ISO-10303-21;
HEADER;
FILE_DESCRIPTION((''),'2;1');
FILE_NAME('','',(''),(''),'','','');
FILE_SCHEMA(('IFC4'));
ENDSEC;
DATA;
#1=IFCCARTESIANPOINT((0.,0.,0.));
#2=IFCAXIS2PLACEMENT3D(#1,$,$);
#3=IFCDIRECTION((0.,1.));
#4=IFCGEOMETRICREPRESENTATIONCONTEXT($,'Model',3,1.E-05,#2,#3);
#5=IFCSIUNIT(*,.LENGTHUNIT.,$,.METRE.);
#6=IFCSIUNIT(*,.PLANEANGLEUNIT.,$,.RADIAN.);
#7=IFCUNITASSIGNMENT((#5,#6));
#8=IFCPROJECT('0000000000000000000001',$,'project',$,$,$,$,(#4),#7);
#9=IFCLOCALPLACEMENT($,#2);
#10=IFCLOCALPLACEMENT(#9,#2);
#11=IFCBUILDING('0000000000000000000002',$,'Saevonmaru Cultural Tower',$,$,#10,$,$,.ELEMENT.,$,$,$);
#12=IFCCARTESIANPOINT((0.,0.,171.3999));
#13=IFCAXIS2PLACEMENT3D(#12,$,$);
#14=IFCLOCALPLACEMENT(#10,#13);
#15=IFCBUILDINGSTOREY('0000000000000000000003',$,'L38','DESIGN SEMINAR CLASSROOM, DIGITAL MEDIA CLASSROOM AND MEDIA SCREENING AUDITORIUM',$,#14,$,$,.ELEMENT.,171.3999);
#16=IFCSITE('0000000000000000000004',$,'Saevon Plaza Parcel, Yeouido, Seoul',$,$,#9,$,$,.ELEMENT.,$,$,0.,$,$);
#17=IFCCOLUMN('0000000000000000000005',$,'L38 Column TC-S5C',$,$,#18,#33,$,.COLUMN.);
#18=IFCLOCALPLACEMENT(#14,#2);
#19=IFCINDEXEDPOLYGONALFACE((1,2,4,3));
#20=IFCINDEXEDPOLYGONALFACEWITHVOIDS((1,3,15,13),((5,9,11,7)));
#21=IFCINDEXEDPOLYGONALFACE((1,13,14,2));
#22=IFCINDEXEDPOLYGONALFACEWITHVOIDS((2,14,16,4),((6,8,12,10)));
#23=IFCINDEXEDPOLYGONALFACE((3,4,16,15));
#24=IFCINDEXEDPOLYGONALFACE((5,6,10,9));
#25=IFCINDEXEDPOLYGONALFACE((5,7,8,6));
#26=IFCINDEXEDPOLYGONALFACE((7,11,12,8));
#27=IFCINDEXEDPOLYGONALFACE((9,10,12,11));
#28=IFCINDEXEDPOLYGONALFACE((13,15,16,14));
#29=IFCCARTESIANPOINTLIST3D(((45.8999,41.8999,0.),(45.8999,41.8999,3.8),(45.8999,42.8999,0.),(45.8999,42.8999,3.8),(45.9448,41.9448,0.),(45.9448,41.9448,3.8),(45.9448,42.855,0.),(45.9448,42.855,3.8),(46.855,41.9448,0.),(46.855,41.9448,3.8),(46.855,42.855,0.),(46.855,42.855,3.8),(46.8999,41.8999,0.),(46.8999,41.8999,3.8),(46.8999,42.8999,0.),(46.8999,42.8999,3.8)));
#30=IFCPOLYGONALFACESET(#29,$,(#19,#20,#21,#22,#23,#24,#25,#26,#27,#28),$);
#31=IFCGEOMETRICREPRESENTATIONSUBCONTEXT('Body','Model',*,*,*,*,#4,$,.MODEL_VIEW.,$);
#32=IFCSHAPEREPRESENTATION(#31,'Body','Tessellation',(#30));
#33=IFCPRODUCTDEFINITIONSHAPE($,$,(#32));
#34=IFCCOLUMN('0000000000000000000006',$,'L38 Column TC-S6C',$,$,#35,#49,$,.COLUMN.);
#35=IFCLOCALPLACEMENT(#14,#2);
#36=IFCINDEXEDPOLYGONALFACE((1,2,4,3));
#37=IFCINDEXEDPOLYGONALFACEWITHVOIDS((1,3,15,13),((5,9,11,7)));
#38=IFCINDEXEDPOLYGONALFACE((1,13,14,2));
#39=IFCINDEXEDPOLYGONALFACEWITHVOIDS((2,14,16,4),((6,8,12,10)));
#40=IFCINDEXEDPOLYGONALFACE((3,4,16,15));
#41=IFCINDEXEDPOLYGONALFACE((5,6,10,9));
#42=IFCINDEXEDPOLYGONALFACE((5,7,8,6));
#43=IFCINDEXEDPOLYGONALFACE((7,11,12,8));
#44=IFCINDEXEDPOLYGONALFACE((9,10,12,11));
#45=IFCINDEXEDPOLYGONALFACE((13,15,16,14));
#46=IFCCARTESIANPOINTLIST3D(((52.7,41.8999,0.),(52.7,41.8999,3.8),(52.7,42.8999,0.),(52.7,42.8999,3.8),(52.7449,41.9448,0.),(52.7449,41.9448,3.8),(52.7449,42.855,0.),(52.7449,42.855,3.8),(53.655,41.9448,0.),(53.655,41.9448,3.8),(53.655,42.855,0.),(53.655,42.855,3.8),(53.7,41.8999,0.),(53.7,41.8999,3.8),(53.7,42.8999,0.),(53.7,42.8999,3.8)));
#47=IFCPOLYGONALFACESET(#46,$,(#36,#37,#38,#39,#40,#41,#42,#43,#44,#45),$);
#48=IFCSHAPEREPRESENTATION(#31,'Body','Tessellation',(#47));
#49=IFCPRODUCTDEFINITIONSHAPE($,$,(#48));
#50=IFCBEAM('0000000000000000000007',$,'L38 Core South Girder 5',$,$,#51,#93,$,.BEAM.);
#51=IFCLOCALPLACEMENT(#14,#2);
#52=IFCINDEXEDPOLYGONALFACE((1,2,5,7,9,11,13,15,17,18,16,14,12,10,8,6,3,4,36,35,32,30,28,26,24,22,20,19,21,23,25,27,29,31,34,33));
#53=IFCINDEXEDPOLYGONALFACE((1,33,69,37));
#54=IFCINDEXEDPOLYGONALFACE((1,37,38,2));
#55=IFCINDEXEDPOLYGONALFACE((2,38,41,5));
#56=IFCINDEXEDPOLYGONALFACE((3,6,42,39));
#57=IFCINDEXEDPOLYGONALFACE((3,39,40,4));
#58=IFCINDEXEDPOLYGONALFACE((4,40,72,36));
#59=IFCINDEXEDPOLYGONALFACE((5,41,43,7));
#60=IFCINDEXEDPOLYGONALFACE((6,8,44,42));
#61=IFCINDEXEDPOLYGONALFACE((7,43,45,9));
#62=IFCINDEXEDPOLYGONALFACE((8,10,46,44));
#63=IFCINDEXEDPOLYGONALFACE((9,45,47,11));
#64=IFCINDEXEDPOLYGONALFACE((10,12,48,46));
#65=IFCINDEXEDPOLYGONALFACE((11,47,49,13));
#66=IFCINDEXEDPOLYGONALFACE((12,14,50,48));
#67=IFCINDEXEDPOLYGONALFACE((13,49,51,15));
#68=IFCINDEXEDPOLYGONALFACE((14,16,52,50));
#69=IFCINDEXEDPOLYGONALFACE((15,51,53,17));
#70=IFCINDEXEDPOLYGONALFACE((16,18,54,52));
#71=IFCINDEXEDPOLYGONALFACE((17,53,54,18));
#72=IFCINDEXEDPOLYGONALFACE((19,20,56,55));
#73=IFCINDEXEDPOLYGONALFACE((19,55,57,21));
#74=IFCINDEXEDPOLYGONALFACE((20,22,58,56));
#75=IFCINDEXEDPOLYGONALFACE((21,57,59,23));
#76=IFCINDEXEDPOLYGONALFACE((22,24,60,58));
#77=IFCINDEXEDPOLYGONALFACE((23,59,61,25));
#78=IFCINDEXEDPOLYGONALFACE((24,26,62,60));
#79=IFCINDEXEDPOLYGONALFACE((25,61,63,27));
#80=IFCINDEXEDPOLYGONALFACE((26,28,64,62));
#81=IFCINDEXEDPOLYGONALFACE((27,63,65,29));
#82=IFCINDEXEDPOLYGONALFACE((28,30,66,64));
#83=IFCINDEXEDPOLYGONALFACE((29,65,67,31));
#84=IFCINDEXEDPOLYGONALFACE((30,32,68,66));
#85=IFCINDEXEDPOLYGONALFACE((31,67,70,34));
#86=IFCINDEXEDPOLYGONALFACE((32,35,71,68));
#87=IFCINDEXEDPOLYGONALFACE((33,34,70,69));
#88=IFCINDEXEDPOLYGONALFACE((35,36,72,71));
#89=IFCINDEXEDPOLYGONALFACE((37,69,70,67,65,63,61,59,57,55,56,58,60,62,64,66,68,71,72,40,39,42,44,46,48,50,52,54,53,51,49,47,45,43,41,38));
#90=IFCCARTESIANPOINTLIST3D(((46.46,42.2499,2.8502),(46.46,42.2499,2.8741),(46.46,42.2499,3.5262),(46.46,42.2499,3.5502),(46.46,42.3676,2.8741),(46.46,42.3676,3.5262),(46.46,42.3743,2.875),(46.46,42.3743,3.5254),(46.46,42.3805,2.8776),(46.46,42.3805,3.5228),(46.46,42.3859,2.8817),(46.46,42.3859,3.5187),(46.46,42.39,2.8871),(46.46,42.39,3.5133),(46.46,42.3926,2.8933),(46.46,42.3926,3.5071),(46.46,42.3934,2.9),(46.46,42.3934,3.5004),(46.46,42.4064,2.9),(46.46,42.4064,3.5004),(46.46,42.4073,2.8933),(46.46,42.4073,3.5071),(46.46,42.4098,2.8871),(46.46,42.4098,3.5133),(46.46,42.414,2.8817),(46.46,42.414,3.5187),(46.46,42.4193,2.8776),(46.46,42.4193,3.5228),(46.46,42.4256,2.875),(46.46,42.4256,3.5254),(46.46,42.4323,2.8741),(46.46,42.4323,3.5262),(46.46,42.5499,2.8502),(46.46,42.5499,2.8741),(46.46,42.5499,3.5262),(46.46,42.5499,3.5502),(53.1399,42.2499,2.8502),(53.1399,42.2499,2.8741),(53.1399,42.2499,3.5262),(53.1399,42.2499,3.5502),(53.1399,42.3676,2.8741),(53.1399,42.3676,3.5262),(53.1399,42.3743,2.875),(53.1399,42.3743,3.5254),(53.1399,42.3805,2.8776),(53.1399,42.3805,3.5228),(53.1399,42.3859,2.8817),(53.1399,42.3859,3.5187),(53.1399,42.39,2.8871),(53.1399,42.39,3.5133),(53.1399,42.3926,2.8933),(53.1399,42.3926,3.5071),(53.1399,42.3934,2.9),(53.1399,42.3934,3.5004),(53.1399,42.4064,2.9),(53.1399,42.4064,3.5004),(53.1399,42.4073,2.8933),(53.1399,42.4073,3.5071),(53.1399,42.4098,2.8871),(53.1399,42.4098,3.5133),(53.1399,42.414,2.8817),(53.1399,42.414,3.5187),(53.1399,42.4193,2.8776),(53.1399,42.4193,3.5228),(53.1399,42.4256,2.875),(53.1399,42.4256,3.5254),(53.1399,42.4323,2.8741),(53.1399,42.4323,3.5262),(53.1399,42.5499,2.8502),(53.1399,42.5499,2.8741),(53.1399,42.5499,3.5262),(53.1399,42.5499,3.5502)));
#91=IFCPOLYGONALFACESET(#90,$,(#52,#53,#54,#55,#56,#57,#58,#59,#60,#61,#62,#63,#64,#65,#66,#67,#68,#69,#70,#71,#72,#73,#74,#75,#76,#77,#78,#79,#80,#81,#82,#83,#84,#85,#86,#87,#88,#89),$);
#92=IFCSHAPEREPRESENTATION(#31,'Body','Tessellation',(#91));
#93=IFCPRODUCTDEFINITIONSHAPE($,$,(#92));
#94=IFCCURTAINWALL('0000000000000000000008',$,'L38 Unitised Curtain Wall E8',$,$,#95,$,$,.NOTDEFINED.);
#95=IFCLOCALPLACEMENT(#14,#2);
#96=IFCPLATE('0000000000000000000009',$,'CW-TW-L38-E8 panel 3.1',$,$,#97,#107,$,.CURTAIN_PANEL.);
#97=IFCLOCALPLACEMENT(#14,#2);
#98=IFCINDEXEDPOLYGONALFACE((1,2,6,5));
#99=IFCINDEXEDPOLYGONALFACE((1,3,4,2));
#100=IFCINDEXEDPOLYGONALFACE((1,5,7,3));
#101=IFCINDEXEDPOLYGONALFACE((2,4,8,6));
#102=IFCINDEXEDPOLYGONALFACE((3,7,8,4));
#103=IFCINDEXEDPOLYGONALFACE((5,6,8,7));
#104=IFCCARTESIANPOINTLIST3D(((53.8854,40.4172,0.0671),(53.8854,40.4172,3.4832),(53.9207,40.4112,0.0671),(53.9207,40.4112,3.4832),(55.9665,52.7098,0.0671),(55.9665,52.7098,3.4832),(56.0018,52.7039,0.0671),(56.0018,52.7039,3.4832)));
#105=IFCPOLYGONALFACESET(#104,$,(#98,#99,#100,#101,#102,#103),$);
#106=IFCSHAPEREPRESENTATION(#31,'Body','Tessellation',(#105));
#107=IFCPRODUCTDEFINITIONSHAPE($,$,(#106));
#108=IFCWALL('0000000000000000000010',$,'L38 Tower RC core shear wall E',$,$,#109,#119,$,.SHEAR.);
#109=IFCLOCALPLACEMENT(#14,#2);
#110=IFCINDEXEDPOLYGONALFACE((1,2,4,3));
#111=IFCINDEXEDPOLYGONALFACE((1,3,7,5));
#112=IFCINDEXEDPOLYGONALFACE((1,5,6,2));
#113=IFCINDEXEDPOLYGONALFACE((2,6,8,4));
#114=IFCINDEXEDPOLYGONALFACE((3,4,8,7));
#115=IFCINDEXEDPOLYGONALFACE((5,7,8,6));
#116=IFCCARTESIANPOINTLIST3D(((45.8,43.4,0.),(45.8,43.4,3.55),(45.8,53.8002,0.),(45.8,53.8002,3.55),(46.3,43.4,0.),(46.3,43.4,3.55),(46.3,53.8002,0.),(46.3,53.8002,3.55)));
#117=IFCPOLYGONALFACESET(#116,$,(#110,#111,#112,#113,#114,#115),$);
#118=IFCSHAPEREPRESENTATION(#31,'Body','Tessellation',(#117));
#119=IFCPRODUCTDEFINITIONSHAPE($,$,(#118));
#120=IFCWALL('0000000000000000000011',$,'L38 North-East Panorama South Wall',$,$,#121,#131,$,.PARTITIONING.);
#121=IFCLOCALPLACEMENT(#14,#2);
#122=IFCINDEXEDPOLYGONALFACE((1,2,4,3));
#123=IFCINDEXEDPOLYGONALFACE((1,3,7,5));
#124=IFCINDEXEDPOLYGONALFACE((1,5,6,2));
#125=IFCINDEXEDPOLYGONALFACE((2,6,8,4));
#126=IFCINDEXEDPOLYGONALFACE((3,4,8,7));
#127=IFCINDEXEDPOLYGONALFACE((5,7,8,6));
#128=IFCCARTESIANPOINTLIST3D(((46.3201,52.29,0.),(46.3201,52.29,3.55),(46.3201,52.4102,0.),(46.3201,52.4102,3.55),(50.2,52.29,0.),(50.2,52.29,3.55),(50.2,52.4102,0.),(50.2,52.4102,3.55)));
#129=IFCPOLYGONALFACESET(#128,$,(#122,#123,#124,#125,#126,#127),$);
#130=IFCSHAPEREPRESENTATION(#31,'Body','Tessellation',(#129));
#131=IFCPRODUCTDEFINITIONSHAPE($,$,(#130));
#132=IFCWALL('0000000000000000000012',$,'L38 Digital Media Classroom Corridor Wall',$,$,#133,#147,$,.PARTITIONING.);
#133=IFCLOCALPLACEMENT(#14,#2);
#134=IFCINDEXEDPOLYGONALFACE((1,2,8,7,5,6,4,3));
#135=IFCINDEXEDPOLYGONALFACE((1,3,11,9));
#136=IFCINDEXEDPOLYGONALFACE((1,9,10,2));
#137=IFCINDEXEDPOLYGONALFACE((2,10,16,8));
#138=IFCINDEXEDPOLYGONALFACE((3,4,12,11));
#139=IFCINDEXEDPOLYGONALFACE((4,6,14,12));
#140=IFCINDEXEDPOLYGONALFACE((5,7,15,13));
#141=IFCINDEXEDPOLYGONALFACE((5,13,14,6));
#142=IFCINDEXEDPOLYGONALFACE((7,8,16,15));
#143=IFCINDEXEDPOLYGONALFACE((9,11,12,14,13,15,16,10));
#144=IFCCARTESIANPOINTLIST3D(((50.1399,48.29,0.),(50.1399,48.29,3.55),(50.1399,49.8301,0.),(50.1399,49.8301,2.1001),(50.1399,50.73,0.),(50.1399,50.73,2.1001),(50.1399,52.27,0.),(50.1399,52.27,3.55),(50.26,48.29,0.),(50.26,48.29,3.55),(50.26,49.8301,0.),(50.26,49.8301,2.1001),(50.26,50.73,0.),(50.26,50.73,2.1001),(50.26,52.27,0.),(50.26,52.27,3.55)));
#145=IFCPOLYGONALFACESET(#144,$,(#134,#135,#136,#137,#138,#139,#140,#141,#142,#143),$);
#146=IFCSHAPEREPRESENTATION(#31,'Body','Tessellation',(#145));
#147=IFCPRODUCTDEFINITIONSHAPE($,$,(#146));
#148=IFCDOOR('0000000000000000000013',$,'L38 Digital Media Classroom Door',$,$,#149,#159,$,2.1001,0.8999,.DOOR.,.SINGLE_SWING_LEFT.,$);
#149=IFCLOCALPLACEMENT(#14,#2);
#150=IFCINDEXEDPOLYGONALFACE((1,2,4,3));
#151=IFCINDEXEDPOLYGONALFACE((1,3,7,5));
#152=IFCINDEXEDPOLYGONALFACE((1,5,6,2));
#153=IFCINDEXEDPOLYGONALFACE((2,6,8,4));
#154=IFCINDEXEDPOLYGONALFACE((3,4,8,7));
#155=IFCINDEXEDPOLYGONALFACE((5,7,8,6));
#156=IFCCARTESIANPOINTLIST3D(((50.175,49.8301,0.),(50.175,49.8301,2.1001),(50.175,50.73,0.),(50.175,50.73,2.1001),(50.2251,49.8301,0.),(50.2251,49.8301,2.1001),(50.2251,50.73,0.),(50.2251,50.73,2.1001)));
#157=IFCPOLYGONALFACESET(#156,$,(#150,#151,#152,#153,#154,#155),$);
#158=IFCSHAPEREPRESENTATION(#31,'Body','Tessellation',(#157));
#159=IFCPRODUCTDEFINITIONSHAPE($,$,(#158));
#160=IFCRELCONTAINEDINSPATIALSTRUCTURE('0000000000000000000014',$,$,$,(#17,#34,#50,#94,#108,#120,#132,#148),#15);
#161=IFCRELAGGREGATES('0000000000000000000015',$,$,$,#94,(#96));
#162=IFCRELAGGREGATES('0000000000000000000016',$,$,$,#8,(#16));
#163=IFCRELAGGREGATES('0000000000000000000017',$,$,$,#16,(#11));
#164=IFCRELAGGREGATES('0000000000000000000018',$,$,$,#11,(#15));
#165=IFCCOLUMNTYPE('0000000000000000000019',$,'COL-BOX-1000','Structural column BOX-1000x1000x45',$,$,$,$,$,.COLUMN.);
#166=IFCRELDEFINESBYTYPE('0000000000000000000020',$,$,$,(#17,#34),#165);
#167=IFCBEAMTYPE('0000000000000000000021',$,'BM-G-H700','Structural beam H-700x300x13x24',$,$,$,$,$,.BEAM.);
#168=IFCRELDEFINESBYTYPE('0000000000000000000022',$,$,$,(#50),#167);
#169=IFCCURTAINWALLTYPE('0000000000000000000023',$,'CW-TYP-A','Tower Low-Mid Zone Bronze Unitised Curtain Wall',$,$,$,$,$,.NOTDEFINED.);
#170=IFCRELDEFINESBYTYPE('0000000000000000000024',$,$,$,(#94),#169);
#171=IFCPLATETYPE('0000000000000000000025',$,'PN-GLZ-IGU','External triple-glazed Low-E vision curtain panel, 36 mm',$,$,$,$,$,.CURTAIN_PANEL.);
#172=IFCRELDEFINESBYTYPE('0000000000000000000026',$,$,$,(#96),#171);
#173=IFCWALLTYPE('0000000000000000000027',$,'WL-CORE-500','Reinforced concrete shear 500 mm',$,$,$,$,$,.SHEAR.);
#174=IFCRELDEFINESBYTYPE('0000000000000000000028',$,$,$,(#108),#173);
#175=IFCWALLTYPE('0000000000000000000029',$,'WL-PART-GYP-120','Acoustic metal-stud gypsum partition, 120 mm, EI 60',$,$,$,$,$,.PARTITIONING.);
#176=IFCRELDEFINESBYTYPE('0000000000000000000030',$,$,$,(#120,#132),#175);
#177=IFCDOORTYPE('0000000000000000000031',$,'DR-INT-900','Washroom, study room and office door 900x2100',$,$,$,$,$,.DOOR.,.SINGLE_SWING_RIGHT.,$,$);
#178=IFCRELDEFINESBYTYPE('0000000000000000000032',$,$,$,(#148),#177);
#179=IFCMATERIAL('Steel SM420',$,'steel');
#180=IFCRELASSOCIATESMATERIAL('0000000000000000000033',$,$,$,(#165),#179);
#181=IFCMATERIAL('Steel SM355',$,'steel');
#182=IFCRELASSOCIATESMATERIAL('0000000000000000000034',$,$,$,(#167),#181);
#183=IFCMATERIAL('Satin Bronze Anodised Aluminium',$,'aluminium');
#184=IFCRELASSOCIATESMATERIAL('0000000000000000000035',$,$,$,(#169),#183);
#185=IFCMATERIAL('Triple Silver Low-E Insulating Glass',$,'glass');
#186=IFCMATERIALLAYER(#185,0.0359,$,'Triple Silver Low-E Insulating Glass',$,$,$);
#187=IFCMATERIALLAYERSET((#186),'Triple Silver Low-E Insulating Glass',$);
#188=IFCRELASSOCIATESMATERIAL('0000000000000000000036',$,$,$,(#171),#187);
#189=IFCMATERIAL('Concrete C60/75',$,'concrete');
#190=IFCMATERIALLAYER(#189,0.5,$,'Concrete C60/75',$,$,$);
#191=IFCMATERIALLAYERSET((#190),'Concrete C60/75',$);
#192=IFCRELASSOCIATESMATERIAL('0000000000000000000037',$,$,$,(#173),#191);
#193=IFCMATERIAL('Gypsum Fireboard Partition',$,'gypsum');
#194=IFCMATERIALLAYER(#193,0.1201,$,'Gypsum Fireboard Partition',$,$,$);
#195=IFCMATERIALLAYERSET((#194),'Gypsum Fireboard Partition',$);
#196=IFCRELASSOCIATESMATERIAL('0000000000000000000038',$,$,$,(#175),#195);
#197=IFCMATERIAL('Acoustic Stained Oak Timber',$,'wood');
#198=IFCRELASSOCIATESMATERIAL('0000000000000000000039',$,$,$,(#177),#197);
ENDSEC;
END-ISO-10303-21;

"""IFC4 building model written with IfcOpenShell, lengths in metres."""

from ifc_helpers import new_model, si_unit, direction, frame, frame_2d, origin, origin_2d, place, context, subcontext, project, spatial, rectangle, hollow_rectangle, i_section, extrude, material, layer, layer_set, material_profile, profile_set, type_object, element, fill, aggregate, save


model = new_model("IFC4")

# Units and contexts
model_context = context("Model", 3, precision=1e-05, world=origin(), true_north=direction((0.0, 1.0)))
body_context = subcontext(model_context, "Body", "Model", "MODEL_VIEW")
ifc_project = project(units=[si_unit("LENGTHUNIT", "METRE"), si_unit("PLANEANGLEUNIT", "RADIAN")], contexts=[model_context])

# Site, building, storey
site_placement = place(None, origin())
site = spatial("IfcSite", under=ifc_project, at=site_placement, Name="Saevon Plaza Parcel, Yeouido, Seoul", CompositionType="ELEMENT", RefElevation=0.0)
building_placement = place(site_placement, origin())
building = spatial("IfcBuilding", under=site, at=building_placement, Name="Saevonmaru Cultural Tower", CompositionType="ELEMENT")
storey_placement = place(building_placement, frame((0.0, 0.0, 171.3999)))
storey = spatial("IfcBuildingStorey", under=building, at=storey_placement, Name="L38", Description="DESIGN SEMINAR CLASSROOM, DIGITAL MEDIA CLASSROOM AND MEDIA SCREENING AUDITORIUM", CompositionType="ELEMENT", Elevation=171.3999)

# Columns
ifc_material_1 = material(Name="Steel SM420", Category="steel")
ifc_material_profile_1 = material_profile(ifc_material_1, hollow_rectangle(XDim=1.0, YDim=1.0, WallThickness=0.0449, at=origin_2d()), Name="BOX-1000x1000x45")
ifc_profile_set_1 = profile_set([ifc_material_profile_1], Name="Steel SM420")
column_type = type_object("IfcColumnType", Name="COL-BOX-1000", Description="Structural column BOX-1000x1000x45", PredefinedType="COLUMN", material=ifc_profile_set_1)
for number, where, z_axis, x_axis, name in (
    (1, (46.3999, 42.3999, 0.0), (0.0, 0.0, 1.0), (1.0, 0.0, 0.0), "L38 Column TC-S5C"),
    (2, (53.2, 42.3999, 0.0), (0.0, 0.0, 1.0), (1.0, 0.0, 0.0), "L38 Column TC-S6C"),
):
    element("IfcColumn", number, at=place(storey_placement, frame(where, z_axis=z_axis, x_axis=x_axis)), inside=storey, type_object=column_type, Name=name, PredefinedType="COLUMN", context=body_context, shape_type="SweptSolid", body=[
        extrude(hollow_rectangle(XDim=1.0, YDim=1.0, WallThickness=0.0449, at=origin_2d()), origin(), (0.0, 0.0, 1.0), 3.8),
    ])

# Beam
ifc_material_2 = material(Name="Steel SM355", Category="steel")
ifc_material_profile_2 = material_profile(ifc_material_2, i_section(OverallWidth=0.3, OverallDepth=0.7, WebThickness=0.0129, FlangeThickness=0.0239, FilletRadius=0.0259, at=origin_2d()), Name="H-700x300x13x24")
ifc_profile_set_2 = profile_set([ifc_material_profile_2], Name="Steel SM355")
beam_type = type_object("IfcBeamType", Name="BM-G-H700", Description="Structural beam H-700x300x13x24", PredefinedType="BEAM", material=ifc_profile_set_2)
beam_placement = place(storey_placement, frame((46.46, 42.3999, 3.2002), z_axis=(1.0, 0.0, 0.0), x_axis=(0.0, 1.0, 0.0)))
element("IfcBeam", 3, at=beam_placement, inside=storey, type_object=beam_type, Name="L38 Core South Girder 5", PredefinedType="BEAM", context=body_context, shape_type="SweptSolid", body=[
    extrude(i_section(OverallWidth=0.3, OverallDepth=0.7, WebThickness=0.0129, FlangeThickness=0.0239, FilletRadius=0.0259, at=origin_2d()), origin(), (0.0, 0.0, 1.0), 6.6799),
])

# Curtain wall, plate
ifc_material_3 = material(Name="Satin Bronze Anodised Aluminium", Category="aluminium")
curtain_wall_type = type_object("IfcCurtainWallType", Name="CW-TYP-A", Description="Tower Low-Mid Zone Bronze Unitised Curtain Wall", PredefinedType="NOTDEFINED", material=ifc_material_3)
curtain_wall_placement = place(storey_placement, origin())
curtain_wall = element("IfcCurtainWall", 4, at=curtain_wall_placement, inside=storey, type_object=curtain_wall_type, Name="L38 Unitised Curtain Wall E8", PredefinedType="NOTDEFINED")
ifc_material_4 = material(Name="Triple Silver Low-E Insulating Glass", Category="glass")
ifc_layer_1 = layer(ifc_material_4, 0.0359, Name="Triple Silver Low-E Insulating Glass")
ifc_layer_set_1 = layer_set([ifc_layer_1], Name="Triple Silver Low-E Insulating Glass")
plate_type = type_object("IfcPlateType", Name="PN-GLZ-IGU", Description="External triple-glazed Low-E vision curtain panel, 36 mm", PredefinedType="CURTAIN_PANEL", material=ifc_layer_set_1)
plate_placement = place(storey_placement, frame((54.9436, 46.5605, 0.0671), z_axis=(0.0, 0.0, 1.0), x_axis=(0.166922, 0.98597, 0.0)))
plate = element("IfcPlate", 5, at=plate_placement, type_object=plate_type, Name="CW-TW-L38-E8 panel 3.1", PredefinedType="CURTAIN_PANEL", context=body_context, shape_type="SweptSolid", body=[
    extrude(rectangle(XDim=12.4675, YDim=0.0359, at=origin_2d()), origin(), (0.0, 0.0, 1.0), 3.416),
])
aggregate(curtain_wall, [plate])

# Walls
ifc_material_5 = material(Name="Concrete C60/75", Category="concrete")
ifc_layer_2 = layer(ifc_material_5, 0.5, Name="Concrete C60/75")
ifc_layer_set_2 = layer_set([ifc_layer_2], Name="Concrete C60/75")
wall_type_1 = type_object("IfcWallType", Name="WL-CORE-500", Description="Reinforced concrete shear 500 mm", PredefinedType="SHEAR", material=ifc_layer_set_2)
wall_1_placement = place(storey_placement, frame((46.05, 43.3999, 0.0), z_axis=(0.0, 0.0, 1.0), x_axis=(0.0, 1.0, 0.0)))
element("IfcWall", 6, at=wall_1_placement, inside=storey, type_object=wall_type_1, Name="L38 Tower RC core shear wall E", PredefinedType="SHEAR", context=body_context, shape_type="SweptSolid", body=[
    extrude(rectangle(XDim=10.4001, YDim=0.5, at=frame_2d((5.2002, 0.0))), origin(), (0.0, 0.0, 1.0), 3.55),
])
ifc_material_6 = material(Name="Gypsum Fireboard Partition", Category="gypsum")
ifc_layer_3 = layer(ifc_material_6, 0.1201, Name="Gypsum Fireboard Partition")
ifc_layer_set_3 = layer_set([ifc_layer_3], Name="Gypsum Fireboard Partition")
wall_type_2 = type_object("IfcWallType", Name="WL-PART-GYP-120", Description="Acoustic metal-stud gypsum partition, 120 mm, EI 60", PredefinedType="PARTITIONING", material=ifc_layer_set_3)
wall_2_placement = place(storey_placement, frame((46.3201, 52.3501, 0.0), z_axis=(0.0, 0.0, 1.0), x_axis=(1.0, 0.0, 0.0)))
element("IfcWall", 7, at=wall_2_placement, inside=storey, type_object=wall_type_2, Name="L38 North-East Panorama South Wall", PredefinedType="PARTITIONING", context=body_context, shape_type="SweptSolid", body=[
    extrude(rectangle(XDim=3.8799, YDim=0.1201, at=frame_2d((1.9399, 0.0))), origin(), (0.0, 0.0, 1.0), 3.55),
])

# Wall, opening, door
wall_3_placement = place(storey_placement, frame((50.2, 48.29, 0.0), z_axis=(0.0, 0.0, 1.0), x_axis=(0.0, 1.0, 0.0)))
wall_3 = element("IfcWall", 8, at=wall_3_placement, inside=storey, type_object=wall_type_2, Name="L38 Digital Media Classroom Corridor Wall", PredefinedType="PARTITIONING", context=body_context, shape_type="SweptSolid", body=[
    extrude(rectangle(XDim=3.98, YDim=0.1201, at=frame_2d((1.99, 0.0))), origin(), (0.0, 0.0, 1.0), 3.55),
])
opening_1_placement = place(wall_3_placement, frame((1.54, 0.0, 0.0)))
opening_1 = element("IfcOpeningElement", 9, at=opening_1_placement, cuts=wall_3, PredefinedType="OPENING", context=body_context, shape_type="SweptSolid", body=[
    extrude(rectangle(XDim=0.8999, YDim=2.1001, at=frame_2d((0.45, 1.05))), frame((0.0, 0.0701, 0.0), z_axis=(0.0, -1.0, 0.0), x_axis=(1.0, 0.0, 0.0)), (0.0, 0.0, 1.0), 0.1401),
])
ifc_material_7 = material(Name="Acoustic Stained Oak Timber", Category="wood")
door_type_1 = type_object("IfcDoorType", Name="DR-INT-900", Description="Washroom, study room and office door 900x2100", OperationType="SINGLE_SWING_RIGHT", PredefinedType="DOOR", material=ifc_material_7)
door_1_placement = place(opening_1_placement, origin())
door_1 = element("IfcDoor", 10, at=door_1_placement, inside=storey, type_object=door_type_1, Name="L38 Digital Media Classroom Door", OperationType="SINGLE_SWING_LEFT", OverallHeight=2.1001, OverallWidth=0.8999, PredefinedType="DOOR", context=body_context, shape_type="SweptSolid", body=[
    extrude(rectangle(XDim=0.8999, YDim=2.1001, at=frame_2d((0.45, 1.05))), frame((0.0, 0.0249, 0.0), z_axis=(0.0, -1.0, 0.0), x_axis=(1.0, 0.0, 0.0)), (0.0, 0.0, 1.0), 0.05),
])
fill(opening_1, door_1)

save(model, "model.ifc")
